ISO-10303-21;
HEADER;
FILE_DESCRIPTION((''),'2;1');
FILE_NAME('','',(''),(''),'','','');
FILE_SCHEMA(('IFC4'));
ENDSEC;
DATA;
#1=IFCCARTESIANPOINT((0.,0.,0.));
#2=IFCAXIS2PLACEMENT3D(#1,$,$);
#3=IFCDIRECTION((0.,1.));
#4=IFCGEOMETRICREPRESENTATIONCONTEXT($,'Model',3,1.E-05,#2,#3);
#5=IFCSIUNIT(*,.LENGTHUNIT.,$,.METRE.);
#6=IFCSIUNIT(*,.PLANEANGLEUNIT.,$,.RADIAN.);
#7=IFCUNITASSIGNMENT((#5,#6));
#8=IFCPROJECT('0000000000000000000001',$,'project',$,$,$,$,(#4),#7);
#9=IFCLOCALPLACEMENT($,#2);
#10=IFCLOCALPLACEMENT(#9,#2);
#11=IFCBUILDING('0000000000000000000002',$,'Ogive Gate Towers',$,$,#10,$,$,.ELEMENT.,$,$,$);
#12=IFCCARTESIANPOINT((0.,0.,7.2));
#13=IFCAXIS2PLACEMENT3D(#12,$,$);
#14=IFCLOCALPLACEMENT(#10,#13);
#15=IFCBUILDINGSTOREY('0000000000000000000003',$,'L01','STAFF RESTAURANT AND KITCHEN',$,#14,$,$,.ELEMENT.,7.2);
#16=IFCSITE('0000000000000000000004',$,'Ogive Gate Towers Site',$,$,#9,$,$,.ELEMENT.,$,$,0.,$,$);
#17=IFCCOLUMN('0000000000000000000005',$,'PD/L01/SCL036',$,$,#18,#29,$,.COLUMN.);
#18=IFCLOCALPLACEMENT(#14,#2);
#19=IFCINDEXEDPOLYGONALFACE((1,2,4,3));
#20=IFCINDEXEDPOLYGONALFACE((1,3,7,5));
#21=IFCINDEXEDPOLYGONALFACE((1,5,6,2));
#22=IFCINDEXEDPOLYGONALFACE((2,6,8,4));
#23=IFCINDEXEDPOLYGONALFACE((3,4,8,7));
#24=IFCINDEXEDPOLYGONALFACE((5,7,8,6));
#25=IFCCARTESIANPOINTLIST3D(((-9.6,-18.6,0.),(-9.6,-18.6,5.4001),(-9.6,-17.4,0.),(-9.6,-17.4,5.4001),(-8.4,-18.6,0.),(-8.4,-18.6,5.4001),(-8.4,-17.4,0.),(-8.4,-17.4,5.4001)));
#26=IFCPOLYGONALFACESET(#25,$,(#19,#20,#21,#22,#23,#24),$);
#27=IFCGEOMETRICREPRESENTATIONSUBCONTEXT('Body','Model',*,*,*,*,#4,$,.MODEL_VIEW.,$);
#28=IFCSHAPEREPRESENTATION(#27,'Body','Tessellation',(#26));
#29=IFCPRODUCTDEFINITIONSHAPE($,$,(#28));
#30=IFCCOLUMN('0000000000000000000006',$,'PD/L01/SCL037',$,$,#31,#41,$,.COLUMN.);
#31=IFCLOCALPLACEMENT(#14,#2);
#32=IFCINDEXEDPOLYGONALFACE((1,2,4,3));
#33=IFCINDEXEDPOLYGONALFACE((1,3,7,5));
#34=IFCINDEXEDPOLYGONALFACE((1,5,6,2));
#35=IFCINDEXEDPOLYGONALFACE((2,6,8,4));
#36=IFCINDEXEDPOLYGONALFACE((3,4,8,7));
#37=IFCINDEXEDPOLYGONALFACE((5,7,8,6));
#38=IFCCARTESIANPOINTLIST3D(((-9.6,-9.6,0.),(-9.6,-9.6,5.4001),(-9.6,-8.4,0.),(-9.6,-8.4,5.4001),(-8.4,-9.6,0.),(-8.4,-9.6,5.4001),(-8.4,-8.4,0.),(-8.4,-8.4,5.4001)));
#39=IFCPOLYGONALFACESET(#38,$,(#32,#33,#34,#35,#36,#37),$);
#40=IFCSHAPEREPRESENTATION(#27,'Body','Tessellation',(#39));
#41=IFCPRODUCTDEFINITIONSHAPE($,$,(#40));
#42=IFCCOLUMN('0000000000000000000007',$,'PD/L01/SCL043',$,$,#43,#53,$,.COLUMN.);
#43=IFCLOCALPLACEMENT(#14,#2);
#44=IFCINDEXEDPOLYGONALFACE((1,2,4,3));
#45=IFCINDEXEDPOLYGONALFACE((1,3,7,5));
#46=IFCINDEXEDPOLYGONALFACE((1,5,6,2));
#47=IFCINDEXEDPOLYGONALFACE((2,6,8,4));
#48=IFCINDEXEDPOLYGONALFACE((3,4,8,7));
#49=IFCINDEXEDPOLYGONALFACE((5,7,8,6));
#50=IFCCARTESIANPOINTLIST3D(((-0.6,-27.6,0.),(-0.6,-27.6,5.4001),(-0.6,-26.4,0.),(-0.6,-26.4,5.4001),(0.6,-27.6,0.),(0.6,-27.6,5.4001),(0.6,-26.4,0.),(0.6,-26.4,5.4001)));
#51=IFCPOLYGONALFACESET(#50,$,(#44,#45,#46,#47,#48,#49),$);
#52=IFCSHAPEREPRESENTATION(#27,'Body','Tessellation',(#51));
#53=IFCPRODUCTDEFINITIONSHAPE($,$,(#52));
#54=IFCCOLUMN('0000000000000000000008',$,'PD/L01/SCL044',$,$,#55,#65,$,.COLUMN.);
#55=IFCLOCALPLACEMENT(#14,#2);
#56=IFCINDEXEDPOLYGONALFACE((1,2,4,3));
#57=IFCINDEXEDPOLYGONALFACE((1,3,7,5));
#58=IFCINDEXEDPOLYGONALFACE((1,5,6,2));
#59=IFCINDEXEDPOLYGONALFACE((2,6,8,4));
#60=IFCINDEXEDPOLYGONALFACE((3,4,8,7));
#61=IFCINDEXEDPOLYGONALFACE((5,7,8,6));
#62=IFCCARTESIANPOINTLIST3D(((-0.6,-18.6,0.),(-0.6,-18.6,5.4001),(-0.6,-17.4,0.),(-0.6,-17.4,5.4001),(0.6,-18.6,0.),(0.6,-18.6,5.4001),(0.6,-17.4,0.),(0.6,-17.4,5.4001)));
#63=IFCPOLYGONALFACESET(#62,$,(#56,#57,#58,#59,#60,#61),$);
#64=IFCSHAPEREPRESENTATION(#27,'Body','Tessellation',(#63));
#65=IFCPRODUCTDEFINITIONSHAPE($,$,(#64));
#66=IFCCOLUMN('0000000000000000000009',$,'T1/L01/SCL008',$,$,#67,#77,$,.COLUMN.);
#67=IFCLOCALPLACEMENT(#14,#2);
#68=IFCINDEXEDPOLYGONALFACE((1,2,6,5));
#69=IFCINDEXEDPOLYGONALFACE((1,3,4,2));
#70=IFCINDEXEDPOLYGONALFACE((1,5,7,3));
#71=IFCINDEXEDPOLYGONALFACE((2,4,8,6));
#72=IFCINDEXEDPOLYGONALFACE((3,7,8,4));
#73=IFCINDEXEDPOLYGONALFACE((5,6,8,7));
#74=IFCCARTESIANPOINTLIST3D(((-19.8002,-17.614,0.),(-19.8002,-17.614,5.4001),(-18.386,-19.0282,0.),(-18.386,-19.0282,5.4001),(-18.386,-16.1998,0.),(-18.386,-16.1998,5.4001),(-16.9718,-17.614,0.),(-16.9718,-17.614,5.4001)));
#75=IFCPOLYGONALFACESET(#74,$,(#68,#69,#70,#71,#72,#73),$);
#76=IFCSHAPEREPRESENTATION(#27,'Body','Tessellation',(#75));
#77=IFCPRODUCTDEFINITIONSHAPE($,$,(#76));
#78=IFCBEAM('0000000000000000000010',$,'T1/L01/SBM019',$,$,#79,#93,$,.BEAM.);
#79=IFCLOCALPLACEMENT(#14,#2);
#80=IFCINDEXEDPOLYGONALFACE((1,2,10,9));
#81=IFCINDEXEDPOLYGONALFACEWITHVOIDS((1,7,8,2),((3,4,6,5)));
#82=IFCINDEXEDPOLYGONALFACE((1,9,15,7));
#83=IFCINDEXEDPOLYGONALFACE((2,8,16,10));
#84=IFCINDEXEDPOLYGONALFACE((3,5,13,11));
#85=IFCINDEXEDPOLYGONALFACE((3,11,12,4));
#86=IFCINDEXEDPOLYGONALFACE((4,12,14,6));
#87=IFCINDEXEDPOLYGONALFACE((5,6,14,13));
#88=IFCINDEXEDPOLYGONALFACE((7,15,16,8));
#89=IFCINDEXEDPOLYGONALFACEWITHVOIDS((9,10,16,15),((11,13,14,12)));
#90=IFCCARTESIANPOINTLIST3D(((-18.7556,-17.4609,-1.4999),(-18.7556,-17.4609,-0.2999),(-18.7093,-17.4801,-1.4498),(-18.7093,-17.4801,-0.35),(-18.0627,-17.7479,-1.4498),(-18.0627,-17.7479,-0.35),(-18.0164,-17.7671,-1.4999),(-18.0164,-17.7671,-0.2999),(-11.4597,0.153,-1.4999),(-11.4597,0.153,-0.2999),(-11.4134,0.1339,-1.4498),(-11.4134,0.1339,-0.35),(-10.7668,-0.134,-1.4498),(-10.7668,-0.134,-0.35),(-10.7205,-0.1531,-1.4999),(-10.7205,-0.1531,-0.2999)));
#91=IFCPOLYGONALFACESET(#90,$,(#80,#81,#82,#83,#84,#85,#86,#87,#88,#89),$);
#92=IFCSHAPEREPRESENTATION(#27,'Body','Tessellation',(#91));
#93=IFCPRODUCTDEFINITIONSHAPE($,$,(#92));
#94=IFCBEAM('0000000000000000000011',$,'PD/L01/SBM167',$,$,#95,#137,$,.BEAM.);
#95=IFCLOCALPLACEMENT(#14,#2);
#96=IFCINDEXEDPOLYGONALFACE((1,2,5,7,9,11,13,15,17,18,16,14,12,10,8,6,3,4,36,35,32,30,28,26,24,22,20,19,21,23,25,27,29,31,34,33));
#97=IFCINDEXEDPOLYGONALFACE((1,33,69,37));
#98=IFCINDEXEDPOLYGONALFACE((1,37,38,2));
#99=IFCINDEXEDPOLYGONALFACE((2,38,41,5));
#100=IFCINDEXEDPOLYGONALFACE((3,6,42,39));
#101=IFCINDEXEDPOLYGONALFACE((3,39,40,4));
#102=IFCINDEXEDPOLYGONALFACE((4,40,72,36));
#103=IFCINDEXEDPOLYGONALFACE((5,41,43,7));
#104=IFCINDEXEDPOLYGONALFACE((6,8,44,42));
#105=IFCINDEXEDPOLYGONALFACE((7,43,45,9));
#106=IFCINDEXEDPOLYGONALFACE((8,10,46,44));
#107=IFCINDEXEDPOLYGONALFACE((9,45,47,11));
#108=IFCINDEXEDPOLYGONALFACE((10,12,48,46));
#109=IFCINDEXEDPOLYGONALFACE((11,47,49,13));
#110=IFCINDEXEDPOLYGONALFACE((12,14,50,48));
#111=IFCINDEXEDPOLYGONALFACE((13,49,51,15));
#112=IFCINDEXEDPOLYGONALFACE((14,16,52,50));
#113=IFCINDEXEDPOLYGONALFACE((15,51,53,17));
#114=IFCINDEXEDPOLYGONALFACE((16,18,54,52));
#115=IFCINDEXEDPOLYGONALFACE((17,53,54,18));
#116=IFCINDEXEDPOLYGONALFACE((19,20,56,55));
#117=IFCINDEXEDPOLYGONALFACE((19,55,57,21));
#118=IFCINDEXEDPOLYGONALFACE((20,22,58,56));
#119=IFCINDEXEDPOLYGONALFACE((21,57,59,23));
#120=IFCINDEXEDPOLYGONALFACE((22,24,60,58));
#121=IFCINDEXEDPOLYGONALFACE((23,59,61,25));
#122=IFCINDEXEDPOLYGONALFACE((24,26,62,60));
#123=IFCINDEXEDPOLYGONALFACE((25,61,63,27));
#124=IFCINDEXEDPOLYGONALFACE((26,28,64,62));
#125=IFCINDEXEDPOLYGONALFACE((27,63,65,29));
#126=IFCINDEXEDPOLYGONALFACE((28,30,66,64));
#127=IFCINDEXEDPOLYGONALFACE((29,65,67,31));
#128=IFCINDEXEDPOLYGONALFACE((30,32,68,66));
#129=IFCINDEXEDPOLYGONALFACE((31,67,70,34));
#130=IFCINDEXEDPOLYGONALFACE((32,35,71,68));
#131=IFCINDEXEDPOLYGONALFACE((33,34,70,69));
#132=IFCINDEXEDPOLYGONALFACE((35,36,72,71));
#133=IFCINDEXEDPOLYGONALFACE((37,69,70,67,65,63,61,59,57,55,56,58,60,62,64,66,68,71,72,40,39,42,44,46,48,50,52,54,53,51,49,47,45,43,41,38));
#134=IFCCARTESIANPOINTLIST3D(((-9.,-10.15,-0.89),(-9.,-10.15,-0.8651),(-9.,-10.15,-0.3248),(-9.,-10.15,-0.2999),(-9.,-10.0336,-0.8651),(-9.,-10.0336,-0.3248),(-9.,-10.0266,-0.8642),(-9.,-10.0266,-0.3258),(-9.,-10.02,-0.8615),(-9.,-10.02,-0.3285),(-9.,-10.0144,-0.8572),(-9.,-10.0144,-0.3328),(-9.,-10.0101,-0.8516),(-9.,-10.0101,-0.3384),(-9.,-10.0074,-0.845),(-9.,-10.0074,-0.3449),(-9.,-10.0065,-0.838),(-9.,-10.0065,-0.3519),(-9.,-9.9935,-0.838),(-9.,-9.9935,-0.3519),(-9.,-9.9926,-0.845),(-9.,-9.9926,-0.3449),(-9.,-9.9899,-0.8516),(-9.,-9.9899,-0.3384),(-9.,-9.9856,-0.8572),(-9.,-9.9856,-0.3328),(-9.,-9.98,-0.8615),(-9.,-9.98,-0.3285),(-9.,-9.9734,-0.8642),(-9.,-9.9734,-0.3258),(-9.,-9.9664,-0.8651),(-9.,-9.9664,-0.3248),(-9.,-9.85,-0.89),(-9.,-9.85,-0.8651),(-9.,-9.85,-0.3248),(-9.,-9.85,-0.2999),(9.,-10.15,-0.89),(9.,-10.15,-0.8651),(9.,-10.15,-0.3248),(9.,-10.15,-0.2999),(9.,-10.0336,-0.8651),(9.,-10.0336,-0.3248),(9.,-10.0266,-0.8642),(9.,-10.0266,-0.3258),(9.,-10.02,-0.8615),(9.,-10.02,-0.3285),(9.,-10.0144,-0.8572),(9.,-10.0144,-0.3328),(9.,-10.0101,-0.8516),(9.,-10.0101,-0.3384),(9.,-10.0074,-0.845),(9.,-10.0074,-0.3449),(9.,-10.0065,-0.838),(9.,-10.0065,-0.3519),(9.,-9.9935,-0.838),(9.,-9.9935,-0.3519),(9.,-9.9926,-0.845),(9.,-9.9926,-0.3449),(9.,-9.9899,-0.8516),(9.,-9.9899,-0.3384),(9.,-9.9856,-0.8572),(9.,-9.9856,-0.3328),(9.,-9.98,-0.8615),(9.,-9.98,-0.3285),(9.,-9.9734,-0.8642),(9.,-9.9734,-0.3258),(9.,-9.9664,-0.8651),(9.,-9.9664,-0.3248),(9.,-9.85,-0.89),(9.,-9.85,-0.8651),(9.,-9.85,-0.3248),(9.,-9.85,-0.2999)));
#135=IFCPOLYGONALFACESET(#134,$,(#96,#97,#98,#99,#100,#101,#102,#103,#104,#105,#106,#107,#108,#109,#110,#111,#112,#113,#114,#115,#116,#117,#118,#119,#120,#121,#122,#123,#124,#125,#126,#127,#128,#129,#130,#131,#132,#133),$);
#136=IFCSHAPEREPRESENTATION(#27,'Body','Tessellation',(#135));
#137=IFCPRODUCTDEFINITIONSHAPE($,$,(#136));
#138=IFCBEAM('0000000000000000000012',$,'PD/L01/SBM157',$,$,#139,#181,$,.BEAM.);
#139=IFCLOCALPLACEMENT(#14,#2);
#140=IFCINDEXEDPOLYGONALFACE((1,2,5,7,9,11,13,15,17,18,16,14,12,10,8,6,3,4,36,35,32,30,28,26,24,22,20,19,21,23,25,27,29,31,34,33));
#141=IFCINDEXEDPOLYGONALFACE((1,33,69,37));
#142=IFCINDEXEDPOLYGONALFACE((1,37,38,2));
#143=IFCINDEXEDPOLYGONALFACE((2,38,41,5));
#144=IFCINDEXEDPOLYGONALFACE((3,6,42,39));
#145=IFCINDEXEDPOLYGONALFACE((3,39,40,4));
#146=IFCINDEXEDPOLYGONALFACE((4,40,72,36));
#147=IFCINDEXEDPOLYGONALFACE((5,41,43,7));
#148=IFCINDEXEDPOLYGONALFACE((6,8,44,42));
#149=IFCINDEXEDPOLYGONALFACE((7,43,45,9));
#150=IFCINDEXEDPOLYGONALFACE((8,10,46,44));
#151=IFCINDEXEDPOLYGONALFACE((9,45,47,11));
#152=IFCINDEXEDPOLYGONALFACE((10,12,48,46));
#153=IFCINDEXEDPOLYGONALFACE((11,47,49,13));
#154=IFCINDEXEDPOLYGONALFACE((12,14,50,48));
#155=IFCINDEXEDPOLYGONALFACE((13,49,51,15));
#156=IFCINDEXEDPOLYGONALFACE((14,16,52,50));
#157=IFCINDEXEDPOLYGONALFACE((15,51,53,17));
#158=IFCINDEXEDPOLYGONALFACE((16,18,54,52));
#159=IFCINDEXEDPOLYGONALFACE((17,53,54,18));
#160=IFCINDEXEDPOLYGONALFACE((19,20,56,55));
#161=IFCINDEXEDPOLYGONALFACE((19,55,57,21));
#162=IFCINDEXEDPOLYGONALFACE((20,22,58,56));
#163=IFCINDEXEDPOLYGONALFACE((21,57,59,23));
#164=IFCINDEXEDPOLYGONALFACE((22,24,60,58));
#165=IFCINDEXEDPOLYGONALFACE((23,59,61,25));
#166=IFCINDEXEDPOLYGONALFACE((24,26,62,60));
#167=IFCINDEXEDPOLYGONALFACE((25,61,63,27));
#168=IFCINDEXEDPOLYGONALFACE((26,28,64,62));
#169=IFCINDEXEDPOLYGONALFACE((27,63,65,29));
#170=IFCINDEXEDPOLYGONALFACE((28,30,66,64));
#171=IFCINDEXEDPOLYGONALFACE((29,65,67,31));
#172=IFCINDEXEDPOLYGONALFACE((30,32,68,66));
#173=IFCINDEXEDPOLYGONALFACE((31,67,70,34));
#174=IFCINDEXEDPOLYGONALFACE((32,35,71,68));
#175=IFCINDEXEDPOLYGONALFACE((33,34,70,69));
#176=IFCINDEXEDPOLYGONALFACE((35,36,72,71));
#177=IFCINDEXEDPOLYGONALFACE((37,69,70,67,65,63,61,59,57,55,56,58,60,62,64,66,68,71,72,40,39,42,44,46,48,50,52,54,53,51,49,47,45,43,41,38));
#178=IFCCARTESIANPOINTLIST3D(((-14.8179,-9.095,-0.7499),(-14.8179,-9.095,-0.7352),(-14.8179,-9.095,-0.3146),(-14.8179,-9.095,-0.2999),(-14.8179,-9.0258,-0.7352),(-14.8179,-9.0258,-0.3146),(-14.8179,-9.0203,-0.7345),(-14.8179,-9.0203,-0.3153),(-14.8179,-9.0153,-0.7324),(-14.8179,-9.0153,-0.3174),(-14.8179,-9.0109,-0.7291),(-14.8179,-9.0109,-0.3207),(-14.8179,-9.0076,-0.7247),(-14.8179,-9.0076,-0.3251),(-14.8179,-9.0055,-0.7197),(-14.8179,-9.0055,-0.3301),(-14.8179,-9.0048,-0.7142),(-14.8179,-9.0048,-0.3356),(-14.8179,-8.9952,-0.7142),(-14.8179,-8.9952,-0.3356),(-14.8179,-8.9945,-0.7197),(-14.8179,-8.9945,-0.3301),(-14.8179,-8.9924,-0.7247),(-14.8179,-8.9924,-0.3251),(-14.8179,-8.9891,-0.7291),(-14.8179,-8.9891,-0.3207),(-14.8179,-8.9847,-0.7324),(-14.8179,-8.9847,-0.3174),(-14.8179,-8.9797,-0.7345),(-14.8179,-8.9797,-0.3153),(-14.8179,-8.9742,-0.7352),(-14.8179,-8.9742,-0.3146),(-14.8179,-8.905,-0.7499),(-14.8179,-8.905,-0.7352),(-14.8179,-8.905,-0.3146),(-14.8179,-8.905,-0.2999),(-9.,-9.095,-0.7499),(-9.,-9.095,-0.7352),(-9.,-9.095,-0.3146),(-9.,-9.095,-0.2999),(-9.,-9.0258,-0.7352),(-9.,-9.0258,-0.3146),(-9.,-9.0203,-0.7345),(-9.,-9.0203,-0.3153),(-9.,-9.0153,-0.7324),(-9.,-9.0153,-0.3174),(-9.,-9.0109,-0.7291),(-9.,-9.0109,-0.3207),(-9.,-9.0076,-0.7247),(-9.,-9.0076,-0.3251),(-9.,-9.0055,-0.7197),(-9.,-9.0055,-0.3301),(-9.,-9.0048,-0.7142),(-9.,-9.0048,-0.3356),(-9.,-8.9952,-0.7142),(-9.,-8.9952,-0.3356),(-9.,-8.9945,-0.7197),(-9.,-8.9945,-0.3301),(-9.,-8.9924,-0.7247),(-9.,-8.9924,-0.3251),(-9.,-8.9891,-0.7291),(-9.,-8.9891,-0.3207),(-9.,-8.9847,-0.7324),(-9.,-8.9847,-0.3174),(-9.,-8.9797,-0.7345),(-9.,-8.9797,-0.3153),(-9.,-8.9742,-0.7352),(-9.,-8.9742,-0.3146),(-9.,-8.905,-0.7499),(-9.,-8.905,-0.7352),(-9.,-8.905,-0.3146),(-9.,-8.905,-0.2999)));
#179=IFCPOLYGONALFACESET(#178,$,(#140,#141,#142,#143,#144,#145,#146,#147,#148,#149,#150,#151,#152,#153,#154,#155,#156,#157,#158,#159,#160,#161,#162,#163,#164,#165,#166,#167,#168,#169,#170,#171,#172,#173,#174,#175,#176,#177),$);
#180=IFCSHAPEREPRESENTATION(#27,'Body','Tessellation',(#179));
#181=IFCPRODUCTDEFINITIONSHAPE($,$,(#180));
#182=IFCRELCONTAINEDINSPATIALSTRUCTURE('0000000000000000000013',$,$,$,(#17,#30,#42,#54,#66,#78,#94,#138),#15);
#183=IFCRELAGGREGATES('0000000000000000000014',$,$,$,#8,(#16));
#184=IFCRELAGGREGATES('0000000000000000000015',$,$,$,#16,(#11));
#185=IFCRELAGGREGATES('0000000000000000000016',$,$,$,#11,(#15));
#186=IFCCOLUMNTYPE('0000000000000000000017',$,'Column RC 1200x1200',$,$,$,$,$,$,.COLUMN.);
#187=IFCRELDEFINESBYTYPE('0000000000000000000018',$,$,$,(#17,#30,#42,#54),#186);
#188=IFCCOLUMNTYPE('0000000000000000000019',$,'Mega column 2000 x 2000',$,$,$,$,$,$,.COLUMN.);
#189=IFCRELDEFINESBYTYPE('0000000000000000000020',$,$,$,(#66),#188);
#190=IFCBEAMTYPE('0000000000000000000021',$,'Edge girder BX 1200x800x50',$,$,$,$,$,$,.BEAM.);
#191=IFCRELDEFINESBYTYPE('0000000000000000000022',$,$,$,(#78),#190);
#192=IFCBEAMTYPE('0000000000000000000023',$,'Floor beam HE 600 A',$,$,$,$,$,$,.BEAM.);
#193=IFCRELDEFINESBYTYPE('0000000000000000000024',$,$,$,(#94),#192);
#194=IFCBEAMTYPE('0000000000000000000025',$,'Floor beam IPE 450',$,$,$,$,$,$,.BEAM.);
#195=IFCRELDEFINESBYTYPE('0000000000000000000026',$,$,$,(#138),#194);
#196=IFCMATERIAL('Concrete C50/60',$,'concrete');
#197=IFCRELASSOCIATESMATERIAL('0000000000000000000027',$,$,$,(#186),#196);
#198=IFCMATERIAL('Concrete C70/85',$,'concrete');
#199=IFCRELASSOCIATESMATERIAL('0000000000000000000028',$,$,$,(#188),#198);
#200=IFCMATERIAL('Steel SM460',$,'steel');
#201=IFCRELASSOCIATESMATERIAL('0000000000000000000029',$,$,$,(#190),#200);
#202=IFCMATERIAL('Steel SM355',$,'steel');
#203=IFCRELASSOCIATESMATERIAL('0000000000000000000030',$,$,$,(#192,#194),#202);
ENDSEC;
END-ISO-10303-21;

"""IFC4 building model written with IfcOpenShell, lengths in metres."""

from ifc_helpers import new_model, si_unit, direction, frame, origin, origin_2d, place, context, subcontext, project, spatial, rectangle, hollow_rectangle, i_section, extrude, material, material_profile, profile_set, type_object, element, save


model = new_model("IFC4")

# Units and contexts
model_context = context("Model", 3, precision=1e-05, world=origin(), true_north=direction((0.0, 1.0)))
body_context = subcontext(model_context, "Body", "Model", "MODEL_VIEW")
ifc_project = project(units=[si_unit("LENGTHUNIT", "METRE"), si_unit("PLANEANGLEUNIT", "RADIAN")], contexts=[model_context])

# Site, building, storey
site_placement = place(None, origin())
site = spatial("IfcSite", under=ifc_project, at=site_placement, Name="Ogive Gate Towers Site", CompositionType="ELEMENT", RefElevation=0.0)
building_placement = place(site_placement, origin())
building = spatial("IfcBuilding", under=site, at=building_placement, Name="Ogive Gate Towers", CompositionType="ELEMENT")
storey_placement = place(building_placement, frame((0.0, 0.0, 7.2)))
storey = spatial("IfcBuildingStorey", under=building, at=storey_placement, Name="L01", Description="STAFF RESTAURANT AND KITCHEN", CompositionType="ELEMENT", Elevation=7.2)

# Columns
ifc_material_1 = material(Name="Concrete C50/60", Category="concrete")
ifc_material_profile_1 = material_profile(ifc_material_1, rectangle(XDim=1.2, YDim=1.2, at=origin_2d()), Name="RC 1200x1200")
ifc_profile_set_1 = profile_set([ifc_material_profile_1], Name="Concrete C50/60")
column_type_1 = type_object("IfcColumnType", Name="Column RC 1200x1200", PredefinedType="COLUMN", material=ifc_profile_set_1)
for number, where, z_axis, x_axis, name in (
    (1, (-9.0, -18.0, 0.0), (0.0, 0.0, 1.0), (1.0, 0.0, 0.0), "PD/L01/SCL036"),
    (2, (-9.0, -9.0, 0.0), (0.0, 0.0, 1.0), (1.0, 0.0, 0.0), "PD/L01/SCL037"),
    (3, (0.0, -27.0, 0.0), (0.0, 0.0, 1.0), (1.0, 0.0, 0.0), "PD/L01/SCL043"),
    (4, (0.0, -18.0, 0.0), (0.0, 0.0, 1.0), (1.0, 0.0, 0.0), "PD/L01/SCL044"),
):
    element("IfcColumn", number, at=place(storey_placement, frame(where, z_axis=z_axis, x_axis=x_axis)), inside=storey, type_object=column_type_1, Name=name, PredefinedType="COLUMN", context=body_context, shape_type="SweptSolid", body=[
        extrude(rectangle(XDim=1.2, YDim=1.2, at=origin_2d()), origin(), (0.0, 0.0, 1.0), 5.4001),
    ])
ifc_material_2 = material(Name="Concrete C70/85", Category="concrete")
ifc_material_profile_2 = material_profile(ifc_material_2, rectangle(XDim=2.0, YDim=2.0, at=origin_2d()), Name="RC 2000x2000")
ifc_profile_set_2 = profile_set([ifc_material_profile_2], Name="Concrete C70/85")
column_type_2 = type_object("IfcColumnType", Name="Mega column 2000 x 2000", PredefinedType="COLUMN", material=ifc_profile_set_2)
column_placement = place(storey_placement, frame((-18.386, -17.614, 0.0), z_axis=(0.0, 0.0, 1.0), x_axis=(0.707107, -0.707107, 0.0)))
element("IfcColumn", 5, at=column_placement, inside=storey, type_object=column_type_2, Name="T1/L01/SCL008", PredefinedType="COLUMN", context=body_context, shape_type="SweptSolid", body=[
    extrude(rectangle(XDim=2.0, YDim=2.0, at=origin_2d()), origin(), (0.0, 0.0, 1.0), 5.4001),
])

# Beams
ifc_material_3 = material(Name="Steel SM460", Category="steel")
ifc_material_profile_3 = material_profile(ifc_material_3, hollow_rectangle(XDim=0.8, YDim=1.2, WallThickness=0.05, at=origin_2d()), Name="BX 1200x800x50")
ifc_profile_set_3 = profile_set([ifc_material_profile_3], Name="Steel SM460")
beam_type_1 = type_object("IfcBeamType", Name="Edge girder BX 1200x800x50", PredefinedType="BEAM", material=ifc_profile_set_3)
beam_1_placement = place(storey_placement, frame((-18.386, -17.614, -0.8999), z_axis=(0.382681, 0.923881, 0.0), x_axis=(-0.923881, 0.382681, 0.0)))
element("IfcBeam", 6, at=beam_1_placement, inside=storey, type_object=beam_type_1, Name="T1/L01/SBM019", PredefinedType="BEAM", context=body_context, shape_type="SweptSolid", body=[
    extrude(hollow_rectangle(XDim=0.8, YDim=1.2, WallThickness=0.05, at=origin_2d()), origin(), (0.0, 0.0, 1.0), 19.0652),
])
ifc_material_4 = material(Name="Steel SM355", Category="steel")
ifc_material_profile_4 = material_profile(ifc_material_4, i_section(OverallWidth=0.3, OverallDepth=0.5901, WebThickness=0.0129, FlangeThickness=0.0249, FilletRadius=0.0271, at=origin_2d()), Name="HE 600 A")
ifc_profile_set_4 = profile_set([ifc_material_profile_4], Name="Steel SM355")
beam_type_2 = type_object("IfcBeamType", Name="Floor beam HE 600 A", PredefinedType="BEAM", material=ifc_profile_set_4)
beam_2_placement = place(storey_placement, frame((-9.0, -10.0, -0.595), z_axis=(1.0, 0.0, 0.0), x_axis=(0.0, 1.0, 0.0)))
element("IfcBeam", 7, at=beam_2_placement, inside=storey, type_object=beam_type_2, Name="PD/L01/SBM167", PredefinedType="BEAM", context=body_context, shape_type="SweptSolid", body=[
    extrude(i_section(OverallWidth=0.3, OverallDepth=0.5901, WebThickness=0.0129, FlangeThickness=0.0249, FilletRadius=0.0271, at=origin_2d()), origin(), (0.0, 0.0, 1.0), 18.0),
])
ifc_material_profile_5 = material_profile(ifc_material_4, i_section(OverallWidth=0.1899, OverallDepth=0.45, WebThickness=0.0095, FlangeThickness=0.0146, FilletRadius=0.021, at=origin_2d()), Name="IPE 450")
ifc_profile_set_5 = profile_set([ifc_material_profile_5], Name="Steel SM355")
beam_type_3 = type_object("IfcBeamType", Name="Floor beam IPE 450", PredefinedType="BEAM", material=ifc_profile_set_5)
beam_3_placement = place(storey_placement, frame((-9.0, -9.0, -0.5249), z_axis=(-1.0, 0.0, 0.0), x_axis=(0.0, -1.0, 0.0)))
element("IfcBeam", 8, at=beam_3_placement, inside=storey, type_object=beam_type_3, Name="PD/L01/SBM157", PredefinedType="BEAM", context=body_context, shape_type="SweptSolid", body=[
    extrude(i_section(OverallWidth=0.1899, OverallDepth=0.45, WebThickness=0.0095, FlangeThickness=0.0146, FilletRadius=0.021, at=origin_2d()), origin(), (0.0, 0.0, 1.0), 5.8179),
])

save(model, "model.ifc")
